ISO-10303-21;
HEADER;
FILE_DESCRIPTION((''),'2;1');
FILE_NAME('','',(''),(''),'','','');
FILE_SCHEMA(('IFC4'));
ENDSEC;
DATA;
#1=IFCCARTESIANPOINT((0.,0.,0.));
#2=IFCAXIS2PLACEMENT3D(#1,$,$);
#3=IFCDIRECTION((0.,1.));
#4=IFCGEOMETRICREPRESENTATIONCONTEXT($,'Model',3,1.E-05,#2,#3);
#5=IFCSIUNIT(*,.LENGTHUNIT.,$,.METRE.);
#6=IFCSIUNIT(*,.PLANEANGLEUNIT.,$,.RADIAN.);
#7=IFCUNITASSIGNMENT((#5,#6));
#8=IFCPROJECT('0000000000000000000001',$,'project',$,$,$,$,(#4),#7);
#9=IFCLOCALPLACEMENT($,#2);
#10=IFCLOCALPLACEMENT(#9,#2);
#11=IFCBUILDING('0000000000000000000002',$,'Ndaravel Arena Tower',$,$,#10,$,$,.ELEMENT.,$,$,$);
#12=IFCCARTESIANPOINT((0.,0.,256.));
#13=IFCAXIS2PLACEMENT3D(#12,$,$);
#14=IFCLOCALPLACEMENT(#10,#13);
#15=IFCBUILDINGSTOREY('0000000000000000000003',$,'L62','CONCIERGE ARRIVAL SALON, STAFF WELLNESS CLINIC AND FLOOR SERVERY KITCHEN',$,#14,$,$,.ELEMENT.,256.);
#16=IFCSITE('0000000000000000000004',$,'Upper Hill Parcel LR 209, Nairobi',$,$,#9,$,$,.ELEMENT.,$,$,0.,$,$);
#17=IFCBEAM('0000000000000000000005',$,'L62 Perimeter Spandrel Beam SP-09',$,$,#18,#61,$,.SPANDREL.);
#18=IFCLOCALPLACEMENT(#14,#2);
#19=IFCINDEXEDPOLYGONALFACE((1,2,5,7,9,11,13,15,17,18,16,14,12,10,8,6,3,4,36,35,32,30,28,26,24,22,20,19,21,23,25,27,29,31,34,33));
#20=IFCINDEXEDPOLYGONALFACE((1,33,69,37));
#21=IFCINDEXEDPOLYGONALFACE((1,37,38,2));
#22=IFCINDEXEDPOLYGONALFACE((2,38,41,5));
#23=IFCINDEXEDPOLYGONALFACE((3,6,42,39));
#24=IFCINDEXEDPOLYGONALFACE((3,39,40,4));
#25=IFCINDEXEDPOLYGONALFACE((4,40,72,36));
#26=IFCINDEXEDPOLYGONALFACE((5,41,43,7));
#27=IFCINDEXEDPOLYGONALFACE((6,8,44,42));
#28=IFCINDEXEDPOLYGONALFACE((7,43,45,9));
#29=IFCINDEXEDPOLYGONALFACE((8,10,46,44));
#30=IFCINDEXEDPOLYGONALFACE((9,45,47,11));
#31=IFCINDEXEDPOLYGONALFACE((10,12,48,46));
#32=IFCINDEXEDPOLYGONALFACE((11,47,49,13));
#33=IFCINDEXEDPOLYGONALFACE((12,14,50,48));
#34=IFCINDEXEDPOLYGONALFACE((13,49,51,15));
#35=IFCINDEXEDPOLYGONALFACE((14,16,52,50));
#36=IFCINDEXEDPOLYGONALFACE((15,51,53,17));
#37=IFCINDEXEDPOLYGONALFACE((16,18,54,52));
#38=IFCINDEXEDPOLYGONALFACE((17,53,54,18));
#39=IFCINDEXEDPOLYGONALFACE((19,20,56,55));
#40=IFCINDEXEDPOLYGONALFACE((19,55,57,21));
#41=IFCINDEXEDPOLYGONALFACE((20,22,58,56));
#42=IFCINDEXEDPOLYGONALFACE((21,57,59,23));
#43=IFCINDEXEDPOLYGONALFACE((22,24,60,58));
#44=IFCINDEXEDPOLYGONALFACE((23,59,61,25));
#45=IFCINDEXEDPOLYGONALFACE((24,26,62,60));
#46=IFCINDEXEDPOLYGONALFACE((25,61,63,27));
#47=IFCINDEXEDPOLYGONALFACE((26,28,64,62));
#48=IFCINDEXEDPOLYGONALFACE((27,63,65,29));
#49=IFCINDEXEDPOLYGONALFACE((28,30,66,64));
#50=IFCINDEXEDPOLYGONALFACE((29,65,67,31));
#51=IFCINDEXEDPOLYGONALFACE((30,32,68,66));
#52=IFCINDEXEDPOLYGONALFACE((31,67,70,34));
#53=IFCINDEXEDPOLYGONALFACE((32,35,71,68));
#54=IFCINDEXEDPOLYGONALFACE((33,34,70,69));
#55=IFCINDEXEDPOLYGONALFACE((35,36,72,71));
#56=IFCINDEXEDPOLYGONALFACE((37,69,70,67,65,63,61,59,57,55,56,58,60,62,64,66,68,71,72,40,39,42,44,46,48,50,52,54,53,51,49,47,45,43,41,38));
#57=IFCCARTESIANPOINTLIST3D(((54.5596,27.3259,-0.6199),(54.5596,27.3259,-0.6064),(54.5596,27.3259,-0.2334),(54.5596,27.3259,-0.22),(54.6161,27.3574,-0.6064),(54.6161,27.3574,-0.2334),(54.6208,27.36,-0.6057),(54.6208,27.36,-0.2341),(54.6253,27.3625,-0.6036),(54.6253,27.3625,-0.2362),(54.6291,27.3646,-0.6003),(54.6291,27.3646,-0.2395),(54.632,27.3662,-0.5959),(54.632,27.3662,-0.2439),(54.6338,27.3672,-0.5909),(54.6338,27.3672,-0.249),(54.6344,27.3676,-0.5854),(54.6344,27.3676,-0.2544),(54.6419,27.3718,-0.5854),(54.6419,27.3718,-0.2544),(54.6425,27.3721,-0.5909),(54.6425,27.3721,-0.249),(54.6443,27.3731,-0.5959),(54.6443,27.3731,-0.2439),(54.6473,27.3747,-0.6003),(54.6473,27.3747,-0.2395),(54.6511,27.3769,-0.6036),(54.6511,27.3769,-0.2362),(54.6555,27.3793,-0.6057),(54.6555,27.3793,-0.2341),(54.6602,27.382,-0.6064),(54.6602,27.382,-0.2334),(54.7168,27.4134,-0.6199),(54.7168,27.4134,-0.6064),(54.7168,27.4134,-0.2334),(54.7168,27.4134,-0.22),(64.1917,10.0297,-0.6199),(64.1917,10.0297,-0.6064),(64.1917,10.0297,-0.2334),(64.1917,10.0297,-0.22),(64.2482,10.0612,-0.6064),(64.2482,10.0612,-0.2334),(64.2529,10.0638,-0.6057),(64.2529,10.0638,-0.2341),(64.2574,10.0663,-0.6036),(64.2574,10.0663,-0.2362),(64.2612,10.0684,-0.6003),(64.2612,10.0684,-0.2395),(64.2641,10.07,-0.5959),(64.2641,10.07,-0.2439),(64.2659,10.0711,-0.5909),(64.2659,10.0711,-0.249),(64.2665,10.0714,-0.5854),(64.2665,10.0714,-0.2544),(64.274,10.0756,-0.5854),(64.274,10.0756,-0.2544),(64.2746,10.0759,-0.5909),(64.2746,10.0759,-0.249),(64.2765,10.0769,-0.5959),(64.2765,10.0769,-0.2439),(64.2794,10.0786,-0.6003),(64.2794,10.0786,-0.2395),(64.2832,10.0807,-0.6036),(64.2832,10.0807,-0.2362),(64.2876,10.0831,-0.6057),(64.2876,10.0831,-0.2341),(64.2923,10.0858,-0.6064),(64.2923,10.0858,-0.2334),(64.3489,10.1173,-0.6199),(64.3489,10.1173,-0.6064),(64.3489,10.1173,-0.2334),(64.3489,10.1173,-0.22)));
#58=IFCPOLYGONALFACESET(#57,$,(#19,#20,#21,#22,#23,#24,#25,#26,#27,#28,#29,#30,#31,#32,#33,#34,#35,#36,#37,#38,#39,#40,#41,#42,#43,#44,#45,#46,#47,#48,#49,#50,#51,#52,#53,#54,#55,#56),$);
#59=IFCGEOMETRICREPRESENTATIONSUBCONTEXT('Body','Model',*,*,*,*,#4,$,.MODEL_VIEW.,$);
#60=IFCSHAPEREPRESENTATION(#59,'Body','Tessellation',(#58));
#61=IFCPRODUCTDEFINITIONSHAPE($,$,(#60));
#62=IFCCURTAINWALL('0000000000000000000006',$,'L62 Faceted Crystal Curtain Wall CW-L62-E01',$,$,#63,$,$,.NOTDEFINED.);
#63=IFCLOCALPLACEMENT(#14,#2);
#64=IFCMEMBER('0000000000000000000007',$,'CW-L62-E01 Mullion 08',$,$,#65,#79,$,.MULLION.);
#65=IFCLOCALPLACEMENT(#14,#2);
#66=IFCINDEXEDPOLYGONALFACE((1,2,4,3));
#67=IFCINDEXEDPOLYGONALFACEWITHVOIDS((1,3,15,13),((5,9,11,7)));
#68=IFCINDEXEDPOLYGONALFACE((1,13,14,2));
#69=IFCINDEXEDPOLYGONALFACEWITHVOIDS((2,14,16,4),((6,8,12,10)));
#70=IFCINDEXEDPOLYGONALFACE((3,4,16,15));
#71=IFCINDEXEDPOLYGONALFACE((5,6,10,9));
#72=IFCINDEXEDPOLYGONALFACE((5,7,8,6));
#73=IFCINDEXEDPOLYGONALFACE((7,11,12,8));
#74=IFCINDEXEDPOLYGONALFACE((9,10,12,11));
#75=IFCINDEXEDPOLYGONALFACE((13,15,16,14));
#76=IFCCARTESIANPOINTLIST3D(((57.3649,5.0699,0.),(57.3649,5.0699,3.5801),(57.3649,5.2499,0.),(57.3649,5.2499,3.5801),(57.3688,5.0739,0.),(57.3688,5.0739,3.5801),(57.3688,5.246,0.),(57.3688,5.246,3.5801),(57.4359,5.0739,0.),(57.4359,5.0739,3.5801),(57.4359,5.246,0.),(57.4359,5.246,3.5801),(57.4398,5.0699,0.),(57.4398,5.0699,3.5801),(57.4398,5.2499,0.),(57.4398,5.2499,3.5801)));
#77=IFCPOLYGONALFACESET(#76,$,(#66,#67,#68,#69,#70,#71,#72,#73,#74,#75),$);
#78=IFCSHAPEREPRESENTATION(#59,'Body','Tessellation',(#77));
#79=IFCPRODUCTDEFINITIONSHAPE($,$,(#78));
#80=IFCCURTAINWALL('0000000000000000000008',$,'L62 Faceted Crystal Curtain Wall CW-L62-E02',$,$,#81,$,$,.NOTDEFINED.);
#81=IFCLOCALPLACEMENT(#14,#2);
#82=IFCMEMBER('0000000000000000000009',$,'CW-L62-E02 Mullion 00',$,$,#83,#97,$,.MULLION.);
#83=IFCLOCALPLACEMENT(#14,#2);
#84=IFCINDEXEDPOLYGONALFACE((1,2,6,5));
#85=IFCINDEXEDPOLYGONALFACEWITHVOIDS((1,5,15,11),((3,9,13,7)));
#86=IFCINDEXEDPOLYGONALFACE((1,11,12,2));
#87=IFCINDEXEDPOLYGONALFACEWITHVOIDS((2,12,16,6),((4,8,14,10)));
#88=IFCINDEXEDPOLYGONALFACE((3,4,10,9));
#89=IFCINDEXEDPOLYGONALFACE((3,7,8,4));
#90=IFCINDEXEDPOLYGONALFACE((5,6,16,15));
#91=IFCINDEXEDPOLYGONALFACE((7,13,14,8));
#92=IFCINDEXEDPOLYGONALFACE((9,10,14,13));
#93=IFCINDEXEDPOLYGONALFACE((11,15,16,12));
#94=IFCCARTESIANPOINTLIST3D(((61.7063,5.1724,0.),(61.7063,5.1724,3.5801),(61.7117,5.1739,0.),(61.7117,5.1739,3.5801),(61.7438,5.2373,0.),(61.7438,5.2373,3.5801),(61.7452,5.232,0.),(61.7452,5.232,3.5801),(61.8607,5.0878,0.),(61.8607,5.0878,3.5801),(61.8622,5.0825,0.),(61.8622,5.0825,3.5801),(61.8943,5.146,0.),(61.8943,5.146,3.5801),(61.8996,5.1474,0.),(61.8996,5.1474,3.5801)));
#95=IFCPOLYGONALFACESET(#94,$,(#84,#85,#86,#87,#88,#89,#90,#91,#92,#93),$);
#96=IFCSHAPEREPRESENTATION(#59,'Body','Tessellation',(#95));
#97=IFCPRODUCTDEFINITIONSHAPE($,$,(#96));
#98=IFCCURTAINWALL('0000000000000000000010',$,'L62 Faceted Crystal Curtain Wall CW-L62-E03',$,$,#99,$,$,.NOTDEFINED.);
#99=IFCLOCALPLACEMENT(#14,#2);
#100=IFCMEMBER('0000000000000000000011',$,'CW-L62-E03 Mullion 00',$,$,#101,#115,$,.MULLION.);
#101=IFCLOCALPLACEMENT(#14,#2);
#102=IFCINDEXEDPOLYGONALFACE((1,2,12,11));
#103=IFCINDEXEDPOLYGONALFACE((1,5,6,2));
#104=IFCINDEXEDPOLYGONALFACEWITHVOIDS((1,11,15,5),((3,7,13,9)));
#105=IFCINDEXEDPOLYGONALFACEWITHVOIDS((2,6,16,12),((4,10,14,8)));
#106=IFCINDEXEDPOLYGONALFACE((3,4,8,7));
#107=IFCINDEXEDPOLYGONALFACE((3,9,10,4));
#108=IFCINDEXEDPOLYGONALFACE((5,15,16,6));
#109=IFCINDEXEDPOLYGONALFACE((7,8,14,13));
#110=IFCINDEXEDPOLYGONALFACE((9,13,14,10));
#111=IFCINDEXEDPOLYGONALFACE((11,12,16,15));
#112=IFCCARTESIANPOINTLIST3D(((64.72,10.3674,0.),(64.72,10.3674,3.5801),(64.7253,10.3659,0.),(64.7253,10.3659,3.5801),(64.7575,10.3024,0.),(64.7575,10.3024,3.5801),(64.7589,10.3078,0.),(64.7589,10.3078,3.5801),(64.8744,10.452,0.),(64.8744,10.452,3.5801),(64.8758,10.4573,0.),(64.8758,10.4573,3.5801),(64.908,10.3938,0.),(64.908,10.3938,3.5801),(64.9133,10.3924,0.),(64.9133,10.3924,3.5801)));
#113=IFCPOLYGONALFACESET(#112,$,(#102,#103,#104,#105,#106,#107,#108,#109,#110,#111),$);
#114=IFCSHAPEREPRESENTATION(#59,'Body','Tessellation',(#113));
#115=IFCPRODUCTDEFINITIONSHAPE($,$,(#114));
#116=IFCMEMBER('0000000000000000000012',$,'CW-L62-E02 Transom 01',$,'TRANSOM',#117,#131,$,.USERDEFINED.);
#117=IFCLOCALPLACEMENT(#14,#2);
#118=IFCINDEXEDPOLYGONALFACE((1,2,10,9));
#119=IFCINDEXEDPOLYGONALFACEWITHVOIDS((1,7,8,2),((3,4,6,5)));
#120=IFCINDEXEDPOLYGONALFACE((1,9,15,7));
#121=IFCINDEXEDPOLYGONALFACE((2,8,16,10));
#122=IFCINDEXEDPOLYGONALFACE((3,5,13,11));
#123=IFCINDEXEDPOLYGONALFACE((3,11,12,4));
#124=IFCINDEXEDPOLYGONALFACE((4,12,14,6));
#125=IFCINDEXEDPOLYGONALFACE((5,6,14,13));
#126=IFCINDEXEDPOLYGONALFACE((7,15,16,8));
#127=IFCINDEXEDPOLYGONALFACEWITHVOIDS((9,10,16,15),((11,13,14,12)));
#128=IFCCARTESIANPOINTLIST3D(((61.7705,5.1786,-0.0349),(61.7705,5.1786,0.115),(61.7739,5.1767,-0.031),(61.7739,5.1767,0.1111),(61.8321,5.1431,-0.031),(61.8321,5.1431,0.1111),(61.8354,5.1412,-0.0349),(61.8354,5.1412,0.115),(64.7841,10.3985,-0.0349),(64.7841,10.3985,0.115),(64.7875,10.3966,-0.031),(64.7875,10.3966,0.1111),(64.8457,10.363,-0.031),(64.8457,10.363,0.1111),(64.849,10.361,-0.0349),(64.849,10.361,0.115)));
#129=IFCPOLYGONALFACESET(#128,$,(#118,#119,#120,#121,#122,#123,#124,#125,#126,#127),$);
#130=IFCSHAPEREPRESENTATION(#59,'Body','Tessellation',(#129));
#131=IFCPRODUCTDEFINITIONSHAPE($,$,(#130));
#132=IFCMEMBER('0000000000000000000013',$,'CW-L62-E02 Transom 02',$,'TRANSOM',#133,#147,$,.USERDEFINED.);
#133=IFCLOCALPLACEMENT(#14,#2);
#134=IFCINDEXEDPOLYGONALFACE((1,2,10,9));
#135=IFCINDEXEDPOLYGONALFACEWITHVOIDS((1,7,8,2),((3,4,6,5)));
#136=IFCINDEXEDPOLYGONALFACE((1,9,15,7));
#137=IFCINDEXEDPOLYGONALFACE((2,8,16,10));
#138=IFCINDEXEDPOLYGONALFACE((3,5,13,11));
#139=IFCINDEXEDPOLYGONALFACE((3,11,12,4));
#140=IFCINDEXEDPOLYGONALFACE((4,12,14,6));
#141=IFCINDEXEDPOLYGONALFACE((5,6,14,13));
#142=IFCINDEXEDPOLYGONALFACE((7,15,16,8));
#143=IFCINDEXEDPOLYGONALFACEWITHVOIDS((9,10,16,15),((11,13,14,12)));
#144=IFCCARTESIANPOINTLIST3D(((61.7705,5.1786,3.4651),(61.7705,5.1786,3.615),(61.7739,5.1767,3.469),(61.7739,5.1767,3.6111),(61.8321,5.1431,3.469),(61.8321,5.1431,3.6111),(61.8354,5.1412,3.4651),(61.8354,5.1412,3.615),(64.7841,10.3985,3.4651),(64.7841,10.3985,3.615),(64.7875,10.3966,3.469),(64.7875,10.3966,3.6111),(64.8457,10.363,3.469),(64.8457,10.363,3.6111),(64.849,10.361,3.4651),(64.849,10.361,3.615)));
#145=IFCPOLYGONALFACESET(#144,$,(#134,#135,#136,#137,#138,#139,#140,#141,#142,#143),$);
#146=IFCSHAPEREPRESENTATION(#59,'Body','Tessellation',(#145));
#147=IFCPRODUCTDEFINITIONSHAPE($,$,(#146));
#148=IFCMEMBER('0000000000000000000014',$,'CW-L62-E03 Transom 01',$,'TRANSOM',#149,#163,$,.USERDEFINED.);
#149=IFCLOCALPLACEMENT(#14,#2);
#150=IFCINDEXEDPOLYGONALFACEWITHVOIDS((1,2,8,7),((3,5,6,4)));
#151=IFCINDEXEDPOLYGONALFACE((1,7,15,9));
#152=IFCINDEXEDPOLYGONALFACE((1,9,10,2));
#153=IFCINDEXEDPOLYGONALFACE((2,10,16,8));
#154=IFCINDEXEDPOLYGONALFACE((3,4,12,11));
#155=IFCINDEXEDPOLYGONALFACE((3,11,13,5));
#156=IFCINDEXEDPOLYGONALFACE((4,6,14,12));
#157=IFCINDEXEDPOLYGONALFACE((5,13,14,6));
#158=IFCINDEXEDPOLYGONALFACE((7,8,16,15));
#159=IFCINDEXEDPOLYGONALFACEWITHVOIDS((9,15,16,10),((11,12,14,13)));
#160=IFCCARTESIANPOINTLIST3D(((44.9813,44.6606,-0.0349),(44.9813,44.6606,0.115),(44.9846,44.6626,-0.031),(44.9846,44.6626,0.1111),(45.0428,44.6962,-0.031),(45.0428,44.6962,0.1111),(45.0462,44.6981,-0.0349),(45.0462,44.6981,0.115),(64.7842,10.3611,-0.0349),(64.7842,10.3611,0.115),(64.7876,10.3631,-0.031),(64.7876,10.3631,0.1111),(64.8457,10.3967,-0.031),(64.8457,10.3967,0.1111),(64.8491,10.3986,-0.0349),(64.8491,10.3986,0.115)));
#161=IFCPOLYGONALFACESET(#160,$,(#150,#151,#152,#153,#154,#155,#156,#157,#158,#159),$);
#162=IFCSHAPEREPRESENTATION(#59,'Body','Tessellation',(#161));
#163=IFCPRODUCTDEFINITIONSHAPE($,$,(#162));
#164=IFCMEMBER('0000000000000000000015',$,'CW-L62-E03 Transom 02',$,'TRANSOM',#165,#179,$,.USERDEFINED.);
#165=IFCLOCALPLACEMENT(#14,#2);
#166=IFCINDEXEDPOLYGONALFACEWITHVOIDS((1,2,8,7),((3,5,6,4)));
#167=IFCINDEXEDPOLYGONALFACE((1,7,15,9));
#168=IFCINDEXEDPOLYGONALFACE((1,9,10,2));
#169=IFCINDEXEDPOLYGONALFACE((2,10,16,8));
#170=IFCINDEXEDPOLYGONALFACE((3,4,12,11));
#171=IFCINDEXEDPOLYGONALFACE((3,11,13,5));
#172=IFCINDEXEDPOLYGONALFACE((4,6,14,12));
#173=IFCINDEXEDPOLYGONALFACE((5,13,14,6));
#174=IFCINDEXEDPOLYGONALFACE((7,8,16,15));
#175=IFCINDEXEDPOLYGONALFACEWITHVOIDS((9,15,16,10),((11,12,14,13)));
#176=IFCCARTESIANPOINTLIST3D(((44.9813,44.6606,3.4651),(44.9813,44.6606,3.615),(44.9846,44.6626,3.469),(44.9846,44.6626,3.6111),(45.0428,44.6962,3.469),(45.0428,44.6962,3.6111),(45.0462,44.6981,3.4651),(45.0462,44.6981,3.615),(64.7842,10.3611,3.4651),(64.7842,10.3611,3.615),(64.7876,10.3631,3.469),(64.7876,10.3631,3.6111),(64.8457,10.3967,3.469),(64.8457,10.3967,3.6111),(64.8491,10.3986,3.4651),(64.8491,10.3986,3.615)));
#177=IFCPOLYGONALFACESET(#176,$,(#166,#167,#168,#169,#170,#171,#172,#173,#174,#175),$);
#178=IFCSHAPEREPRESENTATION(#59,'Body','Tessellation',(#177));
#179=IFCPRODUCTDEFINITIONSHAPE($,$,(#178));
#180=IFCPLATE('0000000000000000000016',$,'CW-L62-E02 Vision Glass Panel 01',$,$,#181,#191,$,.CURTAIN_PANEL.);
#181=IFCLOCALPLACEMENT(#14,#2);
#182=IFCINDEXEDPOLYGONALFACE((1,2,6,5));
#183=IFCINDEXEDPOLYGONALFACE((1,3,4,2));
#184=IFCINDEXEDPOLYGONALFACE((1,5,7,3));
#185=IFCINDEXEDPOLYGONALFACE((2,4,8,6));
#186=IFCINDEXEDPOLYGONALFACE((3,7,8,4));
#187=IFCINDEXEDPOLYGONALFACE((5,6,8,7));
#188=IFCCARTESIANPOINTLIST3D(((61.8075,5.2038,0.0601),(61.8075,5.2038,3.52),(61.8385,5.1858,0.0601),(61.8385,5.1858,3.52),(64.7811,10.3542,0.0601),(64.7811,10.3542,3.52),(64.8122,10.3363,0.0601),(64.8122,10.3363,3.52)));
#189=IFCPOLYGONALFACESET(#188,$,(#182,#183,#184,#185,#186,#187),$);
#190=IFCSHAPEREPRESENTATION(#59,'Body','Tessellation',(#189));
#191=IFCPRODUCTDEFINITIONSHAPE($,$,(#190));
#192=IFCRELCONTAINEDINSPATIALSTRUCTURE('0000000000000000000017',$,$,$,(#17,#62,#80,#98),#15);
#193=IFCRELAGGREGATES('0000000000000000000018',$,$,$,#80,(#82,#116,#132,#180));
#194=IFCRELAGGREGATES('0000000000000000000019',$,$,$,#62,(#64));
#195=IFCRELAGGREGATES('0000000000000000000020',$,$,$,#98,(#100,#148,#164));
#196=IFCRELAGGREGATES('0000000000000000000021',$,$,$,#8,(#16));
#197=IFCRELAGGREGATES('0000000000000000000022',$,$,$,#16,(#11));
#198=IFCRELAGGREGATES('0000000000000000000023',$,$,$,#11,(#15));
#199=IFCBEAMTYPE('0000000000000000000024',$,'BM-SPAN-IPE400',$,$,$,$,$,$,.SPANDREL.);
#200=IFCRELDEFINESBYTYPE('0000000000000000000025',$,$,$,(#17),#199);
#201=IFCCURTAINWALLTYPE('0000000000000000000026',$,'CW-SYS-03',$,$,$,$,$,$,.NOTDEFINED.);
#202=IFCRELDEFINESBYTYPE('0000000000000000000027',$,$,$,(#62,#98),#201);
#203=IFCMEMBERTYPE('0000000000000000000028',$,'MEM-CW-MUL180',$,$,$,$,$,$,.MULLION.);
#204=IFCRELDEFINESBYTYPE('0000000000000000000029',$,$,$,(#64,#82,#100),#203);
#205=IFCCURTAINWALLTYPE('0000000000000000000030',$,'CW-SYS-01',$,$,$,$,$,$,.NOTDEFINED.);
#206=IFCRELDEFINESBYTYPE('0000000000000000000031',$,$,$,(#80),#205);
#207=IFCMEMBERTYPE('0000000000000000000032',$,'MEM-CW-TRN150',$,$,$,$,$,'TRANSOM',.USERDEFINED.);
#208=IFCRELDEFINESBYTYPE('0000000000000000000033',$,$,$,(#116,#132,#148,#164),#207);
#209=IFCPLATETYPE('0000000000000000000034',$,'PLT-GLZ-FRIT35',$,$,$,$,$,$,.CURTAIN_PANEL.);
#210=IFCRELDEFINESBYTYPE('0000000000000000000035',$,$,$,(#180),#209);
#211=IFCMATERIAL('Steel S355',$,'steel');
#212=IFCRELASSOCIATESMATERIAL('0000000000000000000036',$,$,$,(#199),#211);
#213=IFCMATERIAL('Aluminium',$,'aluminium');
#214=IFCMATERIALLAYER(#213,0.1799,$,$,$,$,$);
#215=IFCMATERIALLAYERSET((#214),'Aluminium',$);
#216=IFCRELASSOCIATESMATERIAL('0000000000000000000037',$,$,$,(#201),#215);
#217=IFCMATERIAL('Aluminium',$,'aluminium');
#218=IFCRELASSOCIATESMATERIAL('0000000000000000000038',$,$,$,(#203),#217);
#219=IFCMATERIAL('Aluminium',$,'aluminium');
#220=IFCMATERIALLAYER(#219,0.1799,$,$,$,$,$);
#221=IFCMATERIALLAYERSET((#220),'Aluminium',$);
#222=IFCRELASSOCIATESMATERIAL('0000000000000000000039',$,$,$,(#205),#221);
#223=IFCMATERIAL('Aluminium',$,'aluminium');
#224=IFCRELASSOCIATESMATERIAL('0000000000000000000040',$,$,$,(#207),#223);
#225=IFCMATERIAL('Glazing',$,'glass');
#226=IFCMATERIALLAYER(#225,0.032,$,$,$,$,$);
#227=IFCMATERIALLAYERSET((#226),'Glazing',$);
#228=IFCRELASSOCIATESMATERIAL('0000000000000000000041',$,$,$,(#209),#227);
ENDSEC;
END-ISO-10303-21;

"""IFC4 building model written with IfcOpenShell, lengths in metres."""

from ifc_helpers import new_model, si_unit, direction, frame, origin, origin_2d, place, context, subcontext, project, spatial, rectangle, hollow_rectangle, i_section, extrude, material, layer, layer_set, material_profile, profile_set, type_object, element, aggregate, save


model = new_model("IFC4")

# Units and contexts
model_context = context("Model", 3, precision=1e-05, world=origin(), true_north=direction((0.0, 1.0)))
body_context = subcontext(model_context, "Body", "Model", "MODEL_VIEW")
ifc_project = project(units=[si_unit("LENGTHUNIT", "METRE"), si_unit("PLANEANGLEUNIT", "RADIAN")], contexts=[model_context])

# Site, building, storey
site_placement = place(None, origin())
site = spatial("IfcSite", under=ifc_project, at=site_placement, Name="Upper Hill Parcel LR 209, Nairobi", CompositionType="ELEMENT", RefElevation=0.0)
building_placement = place(site_placement, origin())
building = spatial("IfcBuilding", under=site, at=building_placement, Name="Ndaravel Arena Tower", CompositionType="ELEMENT")
storey_placement = place(building_placement, frame((0.0, 0.0, 256.0)))
storey = spatial("IfcBuildingStorey", under=building, at=storey_placement, Name="L62", Description="CONCIERGE ARRIVAL SALON, STAFF WELLNESS CLINIC AND FLOOR SERVERY KITCHEN", CompositionType="ELEMENT", Elevation=256.0)

# Beam
ifc_material_1 = material(Name="Steel S355", Category="steel")
ifc_material_profile_1 = material_profile(ifc_material_1, i_section(OverallWidth=0.1799, OverallDepth=0.3999, WebThickness=0.0085, FlangeThickness=0.0134, FilletRadius=0.021, at=origin_2d()), Name="IPE 400")
ifc_profile_set_1 = profile_set([ifc_material_profile_1], Name="Steel S355")
beam_type = type_object("IfcBeamType", Name="BM-SPAN-IPE400", PredefinedType="SPANDREL", material=ifc_profile_set_1)
beam_1_placement = place(storey_placement, frame((64.2703, 10.0735, -0.4199), z_axis=(-0.486535, 0.873661, 0.0), x_axis=(-0.873661, -0.486535, 0.0)))
element("IfcBeam", 1, at=beam_1_placement, inside=storey, type_object=beam_type, Name="L62 Perimeter Spandrel Beam SP-09", PredefinedType="SPANDREL", context=body_context, shape_type="SweptSolid", body=[
    extrude(i_section(OverallWidth=0.1799, OverallDepth=0.3999, WebThickness=0.0085, FlangeThickness=0.0134, FilletRadius=0.021, at=origin_2d()), origin(), (0.0, 0.0, 1.0), 19.7974),
])

# Curtain walls, members
ifc_material_2 = material(Name="Aluminium", Category="aluminium")
ifc_layer_1 = layer(ifc_material_2, 0.1799)
ifc_layer_set_1 = layer_set([ifc_layer_1], Name="Aluminium")
curtain_wall_type_1 = type_object("IfcCurtainWallType", Name="CW-SYS-03", PredefinedType="NOTDEFINED", material=ifc_layer_set_1)
curtain_wall_1_placement = place(storey_placement, origin())
curtain_wall_1 = element("IfcCurtainWall", 2, at=curtain_wall_1_placement, inside=storey, type_object=curtain_wall_type_1, Name="L62 Faceted Crystal Curtain Wall CW-L62-E01", PredefinedType="NOTDEFINED")
ifc_material_3 = material(Name="Aluminium", Category="aluminium")
ifc_material_profile_2 = material_profile(ifc_material_3, hollow_rectangle(XDim=0.075, YDim=0.1799, WallThickness=0.0039, at=origin_2d()), Name="CW MULLION 75x180x4")
ifc_profile_set_2 = profile_set([ifc_material_profile_2], Name="Aluminium")
member_type_1 = type_object("IfcMemberType", Name="MEM-CW-MUL180", PredefinedType="MULLION", material=ifc_profile_set_2)
member_1_placement = place(storey_placement, frame((57.4023, 5.1599, 0.0), z_axis=(0.0, 0.0, 1.0), x_axis=(1.0, 0.0, 0.0)))
member_1 = element("IfcMember", 3, at=member_1_placement, type_object=member_type_1, Name="CW-L62-E01 Mullion 08", PredefinedType="MULLION", context=body_context, shape_type="SweptSolid", body=[
    extrude(hollow_rectangle(XDim=0.075, YDim=0.1799, WallThickness=0.0039, at=origin_2d()), origin(), (0.0, 0.0, 1.0), 3.5801),
])
ifc_material_4 = material(Name="Aluminium", Category="aluminium")
ifc_layer_2 = layer(ifc_material_4, 0.1799)
ifc_layer_set_2 = layer_set([ifc_layer_2], Name="Aluminium")
curtain_wall_type_2 = type_object("IfcCurtainWallType", Name="CW-SYS-01", PredefinedType="NOTDEFINED", material=ifc_layer_set_2)
curtain_wall_2_placement = place(storey_placement, origin())
curtain_wall_2 = element("IfcCurtainWall", 4, at=curtain_wall_2_placement, inside=storey, type_object=curtain_wall_type_2, Name="L62 Faceted Crystal Curtain Wall CW-L62-E02", PredefinedType="NOTDEFINED")
member_2_placement = place(storey_placement, frame((61.803, 5.1599, 0.0), z_axis=(0.0, 0.0, 1.0), x_axis=(0.5, 0.866025, 0.0)))
member_2 = element("IfcMember", 5, at=member_2_placement, type_object=member_type_1, Name="CW-L62-E02 Mullion 00", PredefinedType="MULLION", context=body_context, shape_type="SweptSolid", body=[
    extrude(hollow_rectangle(XDim=0.075, YDim=0.1799, WallThickness=0.0039, at=origin_2d()), origin(), (0.0, 0.0, 1.0), 3.5801),
])
curtain_wall_3_placement = place(storey_placement, origin())
curtain_wall_3 = element("IfcCurtainWall", 6, at=curtain_wall_3_placement, inside=storey, type_object=curtain_wall_type_1, Name="L62 Faceted Crystal Curtain Wall CW-L62-E03", PredefinedType="NOTDEFINED")
member_3_placement = place(storey_placement, frame((64.8167, 10.3799, 0.0), z_axis=(0.0, 0.0, 1.0), x_axis=(-0.5, 0.866025, 0.0)))
member_3 = element("IfcMember", 7, at=member_3_placement, type_object=member_type_1, Name="CW-L62-E03 Mullion 00", PredefinedType="MULLION", context=body_context, shape_type="SweptSolid", body=[
    extrude(hollow_rectangle(XDim=0.075, YDim=0.1799, WallThickness=0.0039, at=origin_2d()), origin(), (0.0, 0.0, 1.0), 3.5801),
])

# Members
ifc_material_5 = material(Name="Aluminium", Category="aluminium")
ifc_material_profile_3 = material_profile(ifc_material_5, hollow_rectangle(XDim=0.075, YDim=0.1499, WallThickness=0.0039, at=origin_2d()), Name="CW TRANSOM 75x150x4")
ifc_profile_set_3 = profile_set([ifc_material_profile_3], Name="Aluminium")
member_type_2 = type_object("IfcMemberType", Name="MEM-CW-TRN150", ElementType="TRANSOM", PredefinedType="USERDEFINED", material=ifc_profile_set_3)
member_4_placement = place(storey_placement, frame((61.803, 5.1599, 0.04), z_axis=(0.49999, 0.866031, 0.0), x_axis=(-0.866031, 0.49999, 0.0)))
member_4 = element("IfcMember", 8, at=member_4_placement, type_object=member_type_2, Name="CW-L62-E02 Transom 01", ObjectType="TRANSOM", PredefinedType="USERDEFINED", context=body_context, shape_type="SweptSolid", body=[
    extrude(hollow_rectangle(XDim=0.075, YDim=0.1499, WallThickness=0.0039, at=origin_2d()), origin(), (0.0, 0.0, 1.0), 6.0273),
])
member_5_placement = place(storey_placement, frame((61.803, 5.1599, 3.54), z_axis=(0.49999, 0.866031, 0.0), x_axis=(-0.866031, 0.49999, 0.0)))
member_5 = element("IfcMember", 9, at=member_5_placement, type_object=member_type_2, Name="CW-L62-E02 Transom 02", ObjectType="TRANSOM", PredefinedType="USERDEFINED", context=body_context, shape_type="SweptSolid", body=[
    extrude(hollow_rectangle(XDim=0.075, YDim=0.1499, WallThickness=0.0039, at=origin_2d()), origin(), (0.0, 0.0, 1.0), 6.0273),
])
member_6_placement = place(storey_placement, frame((64.8167, 10.3799, 0.04), z_axis=(-0.500002, 0.866024, 0.0), x_axis=(-0.866024, -0.500002, 0.0)))
member_6 = element("IfcMember", 10, at=member_6_placement, type_object=member_type_2, Name="CW-L62-E03 Transom 01", ObjectType="TRANSOM", PredefinedType="USERDEFINED", context=body_context, shape_type="SweptSolid", body=[
    extrude(hollow_rectangle(XDim=0.075, YDim=0.1499, WallThickness=0.0039, at=origin_2d()), origin(), (0.0, 0.0, 1.0), 39.6057),
])
member_7_placement = place(storey_placement, frame((64.8167, 10.3799, 3.54), z_axis=(-0.500002, 0.866024, 0.0), x_axis=(-0.866024, -0.500002, 0.0)))
member_7 = element("IfcMember", 11, at=member_7_placement, type_object=member_type_2, Name="CW-L62-E03 Transom 02", ObjectType="TRANSOM", PredefinedType="USERDEFINED", context=body_context, shape_type="SweptSolid", body=[
    extrude(hollow_rectangle(XDim=0.075, YDim=0.1499, WallThickness=0.0039, at=origin_2d()), origin(), (0.0, 0.0, 1.0), 39.6057),
])

# Plate
ifc_material_6 = material(Name="Glazing", Category="glass")
ifc_layer_3 = layer(ifc_material_6, 0.032)
ifc_layer_set_3 = layer_set([ifc_layer_3], Name="Glazing")
plate_type_1 = type_object("IfcPlateType", Name="PLT-GLZ-FRIT35", PredefinedType="CURTAIN_PANEL", material=ifc_layer_set_3)
plate_1_placement = place(storey_placement, frame((63.3098, 7.77, 0.0601), z_axis=(0.0, 0.0, 1.0), x_axis=(0.5, 0.866025, 0.0)))
plate_1 = element("IfcPlate", 12, at=plate_1_placement, type_object=plate_type_1, Name="CW-L62-E02 Vision Glass Panel 01", PredefinedType="CURTAIN_PANEL", context=body_context, shape_type="SweptSolid", body=[
    extrude(rectangle(XDim=5.9473, YDim=0.0359, at=origin_2d()), origin(), (0.0, 0.0, 1.0), 3.46),
])
aggregate(curtain_wall_2, [member_2, member_4, member_5, plate_1])
aggregate(curtain_wall_1, [member_1])
aggregate(curtain_wall_3, [member_3, member_6, member_7])

save(model, "model.ifc")
